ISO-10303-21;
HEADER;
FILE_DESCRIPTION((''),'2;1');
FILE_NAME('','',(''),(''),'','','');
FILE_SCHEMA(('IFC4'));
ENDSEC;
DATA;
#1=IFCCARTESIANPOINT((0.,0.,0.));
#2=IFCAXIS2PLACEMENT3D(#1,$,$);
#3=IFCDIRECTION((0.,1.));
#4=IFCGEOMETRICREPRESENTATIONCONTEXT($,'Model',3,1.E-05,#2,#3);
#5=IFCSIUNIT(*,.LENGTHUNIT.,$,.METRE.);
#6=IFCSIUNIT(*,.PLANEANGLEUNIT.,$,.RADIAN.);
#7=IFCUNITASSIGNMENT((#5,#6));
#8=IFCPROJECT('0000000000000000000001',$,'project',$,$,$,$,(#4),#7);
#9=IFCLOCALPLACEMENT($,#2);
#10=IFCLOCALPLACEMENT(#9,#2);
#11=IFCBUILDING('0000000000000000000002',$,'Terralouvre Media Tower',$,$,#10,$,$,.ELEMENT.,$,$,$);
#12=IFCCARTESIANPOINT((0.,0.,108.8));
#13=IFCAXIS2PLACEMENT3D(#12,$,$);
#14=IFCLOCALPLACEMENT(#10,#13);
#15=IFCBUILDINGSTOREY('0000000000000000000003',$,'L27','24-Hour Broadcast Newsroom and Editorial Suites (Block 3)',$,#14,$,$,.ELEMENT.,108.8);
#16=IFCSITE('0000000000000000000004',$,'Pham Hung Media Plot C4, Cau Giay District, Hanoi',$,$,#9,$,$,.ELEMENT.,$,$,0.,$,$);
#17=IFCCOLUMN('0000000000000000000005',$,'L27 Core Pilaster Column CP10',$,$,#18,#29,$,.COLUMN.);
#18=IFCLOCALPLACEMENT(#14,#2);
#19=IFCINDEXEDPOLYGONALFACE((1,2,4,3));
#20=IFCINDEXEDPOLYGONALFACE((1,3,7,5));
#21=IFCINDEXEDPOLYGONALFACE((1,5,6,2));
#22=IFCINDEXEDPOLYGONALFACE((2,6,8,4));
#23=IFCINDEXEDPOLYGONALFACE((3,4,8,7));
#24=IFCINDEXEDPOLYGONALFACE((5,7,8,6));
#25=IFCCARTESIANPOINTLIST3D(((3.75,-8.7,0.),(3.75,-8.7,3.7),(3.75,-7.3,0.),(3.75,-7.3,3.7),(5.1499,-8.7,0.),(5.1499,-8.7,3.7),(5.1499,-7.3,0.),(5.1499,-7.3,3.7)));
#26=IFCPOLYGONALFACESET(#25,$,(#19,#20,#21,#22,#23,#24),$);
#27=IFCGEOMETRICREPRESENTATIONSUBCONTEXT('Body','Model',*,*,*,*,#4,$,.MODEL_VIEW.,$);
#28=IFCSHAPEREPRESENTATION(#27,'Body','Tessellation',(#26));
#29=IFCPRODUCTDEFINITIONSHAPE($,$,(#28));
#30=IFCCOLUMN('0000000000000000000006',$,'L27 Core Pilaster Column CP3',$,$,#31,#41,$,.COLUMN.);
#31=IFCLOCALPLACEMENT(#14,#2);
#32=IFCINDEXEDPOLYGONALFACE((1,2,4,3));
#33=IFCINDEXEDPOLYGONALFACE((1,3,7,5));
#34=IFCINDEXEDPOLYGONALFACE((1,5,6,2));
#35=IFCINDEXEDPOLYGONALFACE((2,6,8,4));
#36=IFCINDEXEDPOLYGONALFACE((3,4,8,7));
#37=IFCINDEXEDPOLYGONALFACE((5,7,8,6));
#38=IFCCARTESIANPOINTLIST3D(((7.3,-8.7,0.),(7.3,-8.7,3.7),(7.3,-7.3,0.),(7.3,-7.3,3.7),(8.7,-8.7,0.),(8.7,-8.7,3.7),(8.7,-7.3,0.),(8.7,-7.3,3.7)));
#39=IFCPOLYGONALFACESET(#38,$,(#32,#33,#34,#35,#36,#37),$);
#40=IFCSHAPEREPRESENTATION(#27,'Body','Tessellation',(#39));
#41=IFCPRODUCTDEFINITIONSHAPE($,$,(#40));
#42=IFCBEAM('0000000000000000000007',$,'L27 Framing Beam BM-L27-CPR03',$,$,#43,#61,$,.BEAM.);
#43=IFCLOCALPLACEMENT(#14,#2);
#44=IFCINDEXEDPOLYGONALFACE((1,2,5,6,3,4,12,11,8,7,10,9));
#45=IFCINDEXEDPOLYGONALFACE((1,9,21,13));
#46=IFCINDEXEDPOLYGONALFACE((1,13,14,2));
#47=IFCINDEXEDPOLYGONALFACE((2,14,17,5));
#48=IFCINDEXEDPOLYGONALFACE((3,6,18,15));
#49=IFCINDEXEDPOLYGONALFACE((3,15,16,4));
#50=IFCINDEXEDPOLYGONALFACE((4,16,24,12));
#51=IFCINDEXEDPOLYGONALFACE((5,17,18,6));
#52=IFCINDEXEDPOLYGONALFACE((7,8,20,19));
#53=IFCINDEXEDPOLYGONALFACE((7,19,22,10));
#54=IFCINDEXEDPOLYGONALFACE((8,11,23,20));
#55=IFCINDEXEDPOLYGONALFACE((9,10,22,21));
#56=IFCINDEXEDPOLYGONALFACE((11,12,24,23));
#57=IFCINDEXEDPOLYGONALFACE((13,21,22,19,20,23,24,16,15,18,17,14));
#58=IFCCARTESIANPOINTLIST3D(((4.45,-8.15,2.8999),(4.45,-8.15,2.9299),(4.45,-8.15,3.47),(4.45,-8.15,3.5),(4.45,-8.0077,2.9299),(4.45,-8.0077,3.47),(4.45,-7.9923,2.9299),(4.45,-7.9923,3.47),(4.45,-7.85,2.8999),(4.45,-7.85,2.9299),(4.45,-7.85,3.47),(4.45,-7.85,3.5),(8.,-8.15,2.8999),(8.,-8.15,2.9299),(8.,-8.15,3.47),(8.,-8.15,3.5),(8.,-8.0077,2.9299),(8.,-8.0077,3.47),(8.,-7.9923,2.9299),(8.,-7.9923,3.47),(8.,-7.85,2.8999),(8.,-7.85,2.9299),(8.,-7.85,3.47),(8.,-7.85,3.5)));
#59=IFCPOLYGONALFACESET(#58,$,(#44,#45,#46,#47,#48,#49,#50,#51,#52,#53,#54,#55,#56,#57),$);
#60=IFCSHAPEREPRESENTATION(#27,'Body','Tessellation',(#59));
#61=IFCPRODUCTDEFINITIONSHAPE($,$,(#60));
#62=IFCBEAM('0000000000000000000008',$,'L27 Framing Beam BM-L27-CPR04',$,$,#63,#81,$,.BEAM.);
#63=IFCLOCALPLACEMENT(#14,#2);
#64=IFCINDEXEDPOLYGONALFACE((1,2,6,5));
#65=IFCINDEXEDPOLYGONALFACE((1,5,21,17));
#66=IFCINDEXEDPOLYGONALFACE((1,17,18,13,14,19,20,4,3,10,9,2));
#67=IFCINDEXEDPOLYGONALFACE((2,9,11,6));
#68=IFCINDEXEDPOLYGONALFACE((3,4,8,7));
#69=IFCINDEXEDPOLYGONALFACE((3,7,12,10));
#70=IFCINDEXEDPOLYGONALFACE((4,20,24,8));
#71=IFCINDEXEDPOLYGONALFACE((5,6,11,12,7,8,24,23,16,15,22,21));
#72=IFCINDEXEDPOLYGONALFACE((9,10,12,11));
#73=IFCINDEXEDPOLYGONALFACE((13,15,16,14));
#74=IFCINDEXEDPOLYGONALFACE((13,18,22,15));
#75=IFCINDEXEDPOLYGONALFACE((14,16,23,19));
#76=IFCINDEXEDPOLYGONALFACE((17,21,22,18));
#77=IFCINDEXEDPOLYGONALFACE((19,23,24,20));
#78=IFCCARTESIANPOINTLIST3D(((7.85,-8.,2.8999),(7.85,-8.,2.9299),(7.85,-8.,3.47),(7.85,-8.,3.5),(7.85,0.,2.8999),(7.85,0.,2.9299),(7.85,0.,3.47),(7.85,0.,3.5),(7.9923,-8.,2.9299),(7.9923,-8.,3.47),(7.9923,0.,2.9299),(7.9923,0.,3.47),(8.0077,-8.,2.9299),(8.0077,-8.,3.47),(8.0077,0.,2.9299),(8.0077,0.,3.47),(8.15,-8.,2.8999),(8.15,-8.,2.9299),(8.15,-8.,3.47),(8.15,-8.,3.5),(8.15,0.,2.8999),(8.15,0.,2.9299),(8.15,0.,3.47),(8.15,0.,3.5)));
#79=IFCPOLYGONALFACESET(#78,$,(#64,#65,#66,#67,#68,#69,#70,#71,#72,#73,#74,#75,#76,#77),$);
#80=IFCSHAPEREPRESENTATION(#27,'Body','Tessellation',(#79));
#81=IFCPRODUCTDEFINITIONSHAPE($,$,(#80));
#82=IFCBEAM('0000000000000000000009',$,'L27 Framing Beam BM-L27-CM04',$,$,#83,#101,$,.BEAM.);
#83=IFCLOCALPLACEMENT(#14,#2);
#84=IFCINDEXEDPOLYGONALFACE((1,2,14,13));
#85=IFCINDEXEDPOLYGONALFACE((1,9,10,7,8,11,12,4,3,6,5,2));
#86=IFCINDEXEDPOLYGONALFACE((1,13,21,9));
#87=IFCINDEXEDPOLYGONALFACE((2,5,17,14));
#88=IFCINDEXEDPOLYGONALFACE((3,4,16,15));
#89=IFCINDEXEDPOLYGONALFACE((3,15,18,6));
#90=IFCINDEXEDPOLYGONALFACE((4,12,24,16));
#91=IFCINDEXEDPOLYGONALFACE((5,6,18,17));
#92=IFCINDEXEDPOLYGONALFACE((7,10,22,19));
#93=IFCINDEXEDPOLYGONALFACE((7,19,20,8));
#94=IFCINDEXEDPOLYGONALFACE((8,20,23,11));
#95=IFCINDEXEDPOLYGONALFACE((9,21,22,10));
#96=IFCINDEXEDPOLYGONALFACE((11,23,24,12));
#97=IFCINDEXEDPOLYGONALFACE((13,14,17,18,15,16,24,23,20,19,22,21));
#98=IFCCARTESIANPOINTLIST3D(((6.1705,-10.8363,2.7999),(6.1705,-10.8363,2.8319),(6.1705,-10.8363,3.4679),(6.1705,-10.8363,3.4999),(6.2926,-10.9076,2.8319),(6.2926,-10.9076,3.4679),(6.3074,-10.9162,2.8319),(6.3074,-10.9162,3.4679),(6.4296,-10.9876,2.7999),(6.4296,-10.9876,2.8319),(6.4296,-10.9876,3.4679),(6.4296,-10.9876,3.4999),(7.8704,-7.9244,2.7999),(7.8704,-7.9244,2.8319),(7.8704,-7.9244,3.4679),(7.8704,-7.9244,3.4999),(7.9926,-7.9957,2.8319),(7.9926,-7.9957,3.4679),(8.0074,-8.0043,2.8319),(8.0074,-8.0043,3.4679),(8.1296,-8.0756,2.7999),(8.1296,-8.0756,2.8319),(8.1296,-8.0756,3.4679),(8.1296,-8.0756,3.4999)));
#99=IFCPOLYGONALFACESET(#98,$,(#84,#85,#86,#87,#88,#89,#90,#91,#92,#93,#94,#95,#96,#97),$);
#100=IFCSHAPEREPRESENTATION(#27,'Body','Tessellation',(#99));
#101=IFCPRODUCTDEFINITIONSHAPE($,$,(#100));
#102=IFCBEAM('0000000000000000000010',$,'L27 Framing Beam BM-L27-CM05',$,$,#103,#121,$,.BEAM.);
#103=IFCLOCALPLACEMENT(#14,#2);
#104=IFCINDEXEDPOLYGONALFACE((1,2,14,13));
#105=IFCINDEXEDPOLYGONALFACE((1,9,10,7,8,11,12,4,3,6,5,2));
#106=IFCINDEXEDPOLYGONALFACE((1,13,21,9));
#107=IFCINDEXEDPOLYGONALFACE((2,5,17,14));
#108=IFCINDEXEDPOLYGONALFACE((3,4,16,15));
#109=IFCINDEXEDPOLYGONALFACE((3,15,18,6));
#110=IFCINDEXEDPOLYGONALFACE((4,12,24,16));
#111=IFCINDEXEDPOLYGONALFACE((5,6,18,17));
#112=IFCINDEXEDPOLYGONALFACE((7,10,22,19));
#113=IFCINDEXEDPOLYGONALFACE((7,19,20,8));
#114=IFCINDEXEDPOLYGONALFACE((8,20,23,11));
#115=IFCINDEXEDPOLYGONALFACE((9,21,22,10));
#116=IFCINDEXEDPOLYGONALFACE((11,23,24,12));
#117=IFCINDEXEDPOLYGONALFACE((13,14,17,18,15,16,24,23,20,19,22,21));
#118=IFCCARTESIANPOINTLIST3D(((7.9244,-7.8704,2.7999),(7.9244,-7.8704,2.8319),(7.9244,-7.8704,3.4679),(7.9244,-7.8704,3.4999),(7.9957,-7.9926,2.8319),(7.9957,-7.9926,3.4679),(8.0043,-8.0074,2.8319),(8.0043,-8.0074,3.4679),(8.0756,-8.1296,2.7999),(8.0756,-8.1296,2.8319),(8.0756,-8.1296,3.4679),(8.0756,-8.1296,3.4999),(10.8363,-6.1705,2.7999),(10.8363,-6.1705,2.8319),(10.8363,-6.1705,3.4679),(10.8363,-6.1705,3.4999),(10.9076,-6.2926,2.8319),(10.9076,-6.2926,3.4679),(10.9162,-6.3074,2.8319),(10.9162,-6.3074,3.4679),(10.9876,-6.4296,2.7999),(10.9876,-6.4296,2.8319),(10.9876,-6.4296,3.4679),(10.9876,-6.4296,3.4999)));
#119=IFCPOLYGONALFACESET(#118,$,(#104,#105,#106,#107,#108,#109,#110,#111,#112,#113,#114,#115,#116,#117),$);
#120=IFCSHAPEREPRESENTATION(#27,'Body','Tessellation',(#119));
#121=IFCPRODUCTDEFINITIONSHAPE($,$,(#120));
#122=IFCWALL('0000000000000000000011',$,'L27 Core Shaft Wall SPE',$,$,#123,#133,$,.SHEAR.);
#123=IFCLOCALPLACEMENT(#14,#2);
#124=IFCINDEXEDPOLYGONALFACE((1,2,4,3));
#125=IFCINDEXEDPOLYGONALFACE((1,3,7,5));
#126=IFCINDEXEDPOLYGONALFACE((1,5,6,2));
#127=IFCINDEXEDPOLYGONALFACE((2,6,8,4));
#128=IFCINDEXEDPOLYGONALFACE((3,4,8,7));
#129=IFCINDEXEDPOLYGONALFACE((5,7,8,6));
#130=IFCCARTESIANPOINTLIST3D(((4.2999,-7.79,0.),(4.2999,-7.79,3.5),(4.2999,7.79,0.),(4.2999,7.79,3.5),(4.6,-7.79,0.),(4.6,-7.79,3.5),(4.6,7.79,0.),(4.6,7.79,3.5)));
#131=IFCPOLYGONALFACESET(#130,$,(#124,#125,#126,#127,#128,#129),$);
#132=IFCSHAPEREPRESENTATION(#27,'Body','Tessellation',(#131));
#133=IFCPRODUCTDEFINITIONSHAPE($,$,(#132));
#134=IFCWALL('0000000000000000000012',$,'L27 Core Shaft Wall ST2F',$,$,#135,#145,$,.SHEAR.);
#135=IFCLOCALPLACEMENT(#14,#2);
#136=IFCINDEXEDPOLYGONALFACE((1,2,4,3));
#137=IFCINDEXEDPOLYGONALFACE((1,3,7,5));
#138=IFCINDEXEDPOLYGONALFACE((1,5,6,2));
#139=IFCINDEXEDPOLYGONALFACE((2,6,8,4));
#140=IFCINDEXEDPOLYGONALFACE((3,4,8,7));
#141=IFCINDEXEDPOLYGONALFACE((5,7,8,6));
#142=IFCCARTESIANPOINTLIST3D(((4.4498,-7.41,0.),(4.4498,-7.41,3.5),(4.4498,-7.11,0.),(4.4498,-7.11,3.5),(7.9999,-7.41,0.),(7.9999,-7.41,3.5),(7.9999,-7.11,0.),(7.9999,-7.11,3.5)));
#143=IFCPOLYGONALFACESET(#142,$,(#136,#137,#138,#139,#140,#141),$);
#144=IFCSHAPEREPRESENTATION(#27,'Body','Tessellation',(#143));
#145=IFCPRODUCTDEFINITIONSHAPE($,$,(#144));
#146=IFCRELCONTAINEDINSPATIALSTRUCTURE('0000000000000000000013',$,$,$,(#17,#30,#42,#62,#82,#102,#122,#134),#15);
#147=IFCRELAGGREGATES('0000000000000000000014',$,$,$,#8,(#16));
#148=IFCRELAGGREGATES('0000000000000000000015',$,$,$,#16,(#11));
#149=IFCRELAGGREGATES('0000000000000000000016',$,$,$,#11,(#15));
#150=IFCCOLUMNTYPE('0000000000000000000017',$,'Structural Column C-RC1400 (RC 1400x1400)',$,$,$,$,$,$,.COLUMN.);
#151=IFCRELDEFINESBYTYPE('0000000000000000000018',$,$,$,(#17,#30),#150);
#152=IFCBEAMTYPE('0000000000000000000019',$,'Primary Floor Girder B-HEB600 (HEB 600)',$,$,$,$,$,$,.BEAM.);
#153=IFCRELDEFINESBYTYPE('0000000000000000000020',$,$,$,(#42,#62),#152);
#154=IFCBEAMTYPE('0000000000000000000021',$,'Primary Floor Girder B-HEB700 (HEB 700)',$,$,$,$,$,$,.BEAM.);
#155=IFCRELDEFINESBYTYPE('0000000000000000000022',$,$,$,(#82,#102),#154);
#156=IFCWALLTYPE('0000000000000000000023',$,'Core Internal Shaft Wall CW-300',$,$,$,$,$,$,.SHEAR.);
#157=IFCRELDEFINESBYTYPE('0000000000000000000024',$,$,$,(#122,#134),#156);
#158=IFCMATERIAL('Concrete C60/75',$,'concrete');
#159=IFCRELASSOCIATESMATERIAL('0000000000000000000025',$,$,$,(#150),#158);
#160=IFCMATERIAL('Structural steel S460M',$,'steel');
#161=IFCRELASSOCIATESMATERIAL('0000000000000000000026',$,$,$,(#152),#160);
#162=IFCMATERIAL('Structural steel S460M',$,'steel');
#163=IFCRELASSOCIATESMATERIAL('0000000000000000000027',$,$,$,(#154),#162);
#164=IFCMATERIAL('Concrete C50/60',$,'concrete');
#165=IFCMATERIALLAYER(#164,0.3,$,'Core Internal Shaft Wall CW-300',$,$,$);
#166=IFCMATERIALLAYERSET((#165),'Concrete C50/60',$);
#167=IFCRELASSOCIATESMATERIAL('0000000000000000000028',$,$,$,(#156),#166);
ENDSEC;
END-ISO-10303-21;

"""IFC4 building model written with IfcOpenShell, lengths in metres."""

from ifc_helpers import new_model, si_unit, direction, frame, frame_2d, origin, origin_2d, place, context, subcontext, project, spatial, rectangle, i_section, extrude, material, layer, layer_set, material_profile, profile_set, type_object, element, save


model = new_model("IFC4")

# Units and contexts
model_context = context("Model", 3, precision=1e-05, world=origin(), true_north=direction((0.0, 1.0)))
body_context = subcontext(model_context, "Body", "Model", "MODEL_VIEW")
ifc_project = project(units=[si_unit("LENGTHUNIT", "METRE"), si_unit("PLANEANGLEUNIT", "RADIAN")], contexts=[model_context])

# Site, building, storey
site_placement = place(None, origin())
site = spatial("IfcSite", under=ifc_project, at=site_placement, Name="Pham Hung Media Plot C4, Cau Giay District, Hanoi", CompositionType="ELEMENT", RefElevation=0.0)
building_placement = place(site_placement, origin())
building = spatial("IfcBuilding", under=site, at=building_placement, Name="Terralouvre Media Tower", CompositionType="ELEMENT")
storey_placement = place(building_placement, frame((0.0, 0.0, 108.8)))
storey = spatial("IfcBuildingStorey", under=building, at=storey_placement, Name="L27", Description="24-Hour Broadcast Newsroom and Editorial Suites (Block 3)", CompositionType="ELEMENT", Elevation=108.8)

# Columns
ifc_material_1 = material(Name="Concrete C60/75", Category="concrete")
ifc_material_profile_1 = material_profile(ifc_material_1, rectangle(XDim=1.3999, YDim=1.3999, at=origin_2d()), Name="RC 1400x1400")
ifc_profile_set_1 = profile_set([ifc_material_profile_1], Name="Concrete C60/75")
column_type = type_object("IfcColumnType", Name="Structural Column C-RC1400 (RC 1400x1400)", PredefinedType="COLUMN", material=ifc_profile_set_1)
for number, where, z_axis, x_axis, name in (
    (1, (4.45, -8.0, 0.0), (0.0, 0.0, 1.0), (1.0, 0.0, 0.0), "L27 Core Pilaster Column CP10"),
    (2, (8.0, -8.0, 0.0), (0.0, 0.0, 1.0), (1.0, 0.0, 0.0), "L27 Core Pilaster Column CP3"),
):
    element("IfcColumn", number, at=place(storey_placement, frame(where, z_axis=z_axis, x_axis=x_axis)), inside=storey, type_object=column_type, Name=name, PredefinedType="COLUMN", context=body_context, shape_type="SweptSolid", body=[
        extrude(rectangle(XDim=1.3999, YDim=1.3999, at=origin_2d()), origin(), (0.0, 0.0, 1.0), 3.7),
    ])

# Beams
ifc_material_2 = material(Name="Structural steel S460M", Category="steel")
ifc_material_profile_2 = material_profile(ifc_material_2, i_section(OverallWidth=0.3, OverallDepth=0.6001, WebThickness=0.0154, FlangeThickness=0.03, at=origin_2d()), Name="HEB 600")
ifc_profile_set_2 = profile_set([ifc_material_profile_2], Name="Structural steel S460M")
beam_type_1 = type_object("IfcBeamType", Name="Primary Floor Girder B-HEB600 (HEB 600)", PredefinedType="BEAM", material=ifc_profile_set_2)
beam_1_placement = place(storey_placement, frame((4.45, -8.0, 3.2), z_axis=(1.0, 0.0, 0.0), x_axis=(0.0, 1.0, 0.0)))
element("IfcBeam", 3, at=beam_1_placement, inside=storey, type_object=beam_type_1, Name="L27 Framing Beam BM-L27-CPR03", PredefinedType="BEAM", context=body_context, shape_type="SweptSolid", body=[
    extrude(i_section(OverallWidth=0.3, OverallDepth=0.6001, WebThickness=0.0154, FlangeThickness=0.03, at=origin_2d()), origin(), (0.0, 0.0, 1.0), 3.55),
])
beam_2_placement = place(storey_placement, frame((8.0, -8.0, 3.2), z_axis=(0.0, 1.0, 0.0), x_axis=(-1.0, 0.0, 0.0)))
element("IfcBeam", 4, at=beam_2_placement, inside=storey, type_object=beam_type_1, Name="L27 Framing Beam BM-L27-CPR04", PredefinedType="BEAM", context=body_context, shape_type="SweptSolid", body=[
    extrude(i_section(OverallWidth=0.3, OverallDepth=0.6001, WebThickness=0.0154, FlangeThickness=0.03, at=origin_2d()), origin(), (0.0, 0.0, 1.0), 8.0),
])
ifc_material_3 = material(Name="Structural steel S460M", Category="steel")
ifc_material_profile_3 = material_profile(ifc_material_3, i_section(OverallWidth=0.3, OverallDepth=0.7, WebThickness=0.0171, FlangeThickness=0.032, at=origin_2d()), Name="HEB 700")
ifc_profile_set_3 = profile_set([ifc_material_profile_3], Name="Structural steel S460M")
beam_type_2 = type_object("IfcBeamType", Name="Primary Floor Girder B-HEB700 (HEB 700)", PredefinedType="BEAM", material=ifc_profile_set_3)
for number, where, z_axis, x_axis, name in (
    (5, (8.0, -8.0, 3.1499), (-0.504173, -0.863603, 0.0), (0.863603, -0.504173, 0.0), "L27 Framing Beam BM-L27-CM04"),
    (6, (8.0, -8.0, 3.1499), (0.863603, 0.504173, 0.0), (-0.504173, 0.863603, 0.0), "L27 Framing Beam BM-L27-CM05"),
):
    element("IfcBeam", number, at=place(storey_placement, frame(where, z_axis=z_axis, x_axis=x_axis)), inside=storey, type_object=beam_type_2, Name=name, PredefinedType="BEAM", context=body_context, shape_type="SweptSolid", body=[
        extrude(i_section(OverallWidth=0.3, OverallDepth=0.7, WebThickness=0.0171, FlangeThickness=0.032, at=origin_2d()), origin(), (0.0, 0.0, 1.0), 3.3718),
    ])

# Walls
ifc_material_4 = material(Name="Concrete C50/60", Category="concrete")
ifc_layer_1 = layer(ifc_material_4, 0.3, Name="Core Internal Shaft Wall CW-300")
ifc_layer_set_1 = layer_set([ifc_layer_1], Name="Concrete C50/60")
wall_type_1 = type_object("IfcWallType", Name="Core Internal Shaft Wall CW-300", PredefinedType="SHEAR", material=ifc_layer_set_1)
wall_1_placement = place(storey_placement, frame((4.45, -7.79, 0.0), z_axis=(0.0, 0.0, 1.0), x_axis=(0.0, 1.0, 0.0)))
element("IfcWall", 7, at=wall_1_placement, inside=storey, type_object=wall_type_1, Name="L27 Core Shaft Wall SPE", PredefinedType="SHEAR", context=body_context, shape_type="SweptSolid", body=[
    extrude(rectangle(XDim=15.5801, YDim=0.3, at=frame_2d((7.79, 0.0))), origin(), (0.0, 0.0, 1.0), 3.5),
])
wall_2_placement = place(storey_placement, frame((4.45, -7.26, 0.0), z_axis=(0.0, 0.0, 1.0), x_axis=(1.0, 0.0, 0.0)))
element("IfcWall", 8, at=wall_2_placement, inside=storey, type_object=wall_type_1, Name="L27 Core Shaft Wall ST2F", PredefinedType="SHEAR", context=body_context, shape_type="SweptSolid", body=[
    extrude(rectangle(XDim=3.55, YDim=0.3, at=frame_2d((1.7749, 0.0))), origin(), (0.0, 0.0, 1.0), 3.5),
])

save(model, "model.ifc")
